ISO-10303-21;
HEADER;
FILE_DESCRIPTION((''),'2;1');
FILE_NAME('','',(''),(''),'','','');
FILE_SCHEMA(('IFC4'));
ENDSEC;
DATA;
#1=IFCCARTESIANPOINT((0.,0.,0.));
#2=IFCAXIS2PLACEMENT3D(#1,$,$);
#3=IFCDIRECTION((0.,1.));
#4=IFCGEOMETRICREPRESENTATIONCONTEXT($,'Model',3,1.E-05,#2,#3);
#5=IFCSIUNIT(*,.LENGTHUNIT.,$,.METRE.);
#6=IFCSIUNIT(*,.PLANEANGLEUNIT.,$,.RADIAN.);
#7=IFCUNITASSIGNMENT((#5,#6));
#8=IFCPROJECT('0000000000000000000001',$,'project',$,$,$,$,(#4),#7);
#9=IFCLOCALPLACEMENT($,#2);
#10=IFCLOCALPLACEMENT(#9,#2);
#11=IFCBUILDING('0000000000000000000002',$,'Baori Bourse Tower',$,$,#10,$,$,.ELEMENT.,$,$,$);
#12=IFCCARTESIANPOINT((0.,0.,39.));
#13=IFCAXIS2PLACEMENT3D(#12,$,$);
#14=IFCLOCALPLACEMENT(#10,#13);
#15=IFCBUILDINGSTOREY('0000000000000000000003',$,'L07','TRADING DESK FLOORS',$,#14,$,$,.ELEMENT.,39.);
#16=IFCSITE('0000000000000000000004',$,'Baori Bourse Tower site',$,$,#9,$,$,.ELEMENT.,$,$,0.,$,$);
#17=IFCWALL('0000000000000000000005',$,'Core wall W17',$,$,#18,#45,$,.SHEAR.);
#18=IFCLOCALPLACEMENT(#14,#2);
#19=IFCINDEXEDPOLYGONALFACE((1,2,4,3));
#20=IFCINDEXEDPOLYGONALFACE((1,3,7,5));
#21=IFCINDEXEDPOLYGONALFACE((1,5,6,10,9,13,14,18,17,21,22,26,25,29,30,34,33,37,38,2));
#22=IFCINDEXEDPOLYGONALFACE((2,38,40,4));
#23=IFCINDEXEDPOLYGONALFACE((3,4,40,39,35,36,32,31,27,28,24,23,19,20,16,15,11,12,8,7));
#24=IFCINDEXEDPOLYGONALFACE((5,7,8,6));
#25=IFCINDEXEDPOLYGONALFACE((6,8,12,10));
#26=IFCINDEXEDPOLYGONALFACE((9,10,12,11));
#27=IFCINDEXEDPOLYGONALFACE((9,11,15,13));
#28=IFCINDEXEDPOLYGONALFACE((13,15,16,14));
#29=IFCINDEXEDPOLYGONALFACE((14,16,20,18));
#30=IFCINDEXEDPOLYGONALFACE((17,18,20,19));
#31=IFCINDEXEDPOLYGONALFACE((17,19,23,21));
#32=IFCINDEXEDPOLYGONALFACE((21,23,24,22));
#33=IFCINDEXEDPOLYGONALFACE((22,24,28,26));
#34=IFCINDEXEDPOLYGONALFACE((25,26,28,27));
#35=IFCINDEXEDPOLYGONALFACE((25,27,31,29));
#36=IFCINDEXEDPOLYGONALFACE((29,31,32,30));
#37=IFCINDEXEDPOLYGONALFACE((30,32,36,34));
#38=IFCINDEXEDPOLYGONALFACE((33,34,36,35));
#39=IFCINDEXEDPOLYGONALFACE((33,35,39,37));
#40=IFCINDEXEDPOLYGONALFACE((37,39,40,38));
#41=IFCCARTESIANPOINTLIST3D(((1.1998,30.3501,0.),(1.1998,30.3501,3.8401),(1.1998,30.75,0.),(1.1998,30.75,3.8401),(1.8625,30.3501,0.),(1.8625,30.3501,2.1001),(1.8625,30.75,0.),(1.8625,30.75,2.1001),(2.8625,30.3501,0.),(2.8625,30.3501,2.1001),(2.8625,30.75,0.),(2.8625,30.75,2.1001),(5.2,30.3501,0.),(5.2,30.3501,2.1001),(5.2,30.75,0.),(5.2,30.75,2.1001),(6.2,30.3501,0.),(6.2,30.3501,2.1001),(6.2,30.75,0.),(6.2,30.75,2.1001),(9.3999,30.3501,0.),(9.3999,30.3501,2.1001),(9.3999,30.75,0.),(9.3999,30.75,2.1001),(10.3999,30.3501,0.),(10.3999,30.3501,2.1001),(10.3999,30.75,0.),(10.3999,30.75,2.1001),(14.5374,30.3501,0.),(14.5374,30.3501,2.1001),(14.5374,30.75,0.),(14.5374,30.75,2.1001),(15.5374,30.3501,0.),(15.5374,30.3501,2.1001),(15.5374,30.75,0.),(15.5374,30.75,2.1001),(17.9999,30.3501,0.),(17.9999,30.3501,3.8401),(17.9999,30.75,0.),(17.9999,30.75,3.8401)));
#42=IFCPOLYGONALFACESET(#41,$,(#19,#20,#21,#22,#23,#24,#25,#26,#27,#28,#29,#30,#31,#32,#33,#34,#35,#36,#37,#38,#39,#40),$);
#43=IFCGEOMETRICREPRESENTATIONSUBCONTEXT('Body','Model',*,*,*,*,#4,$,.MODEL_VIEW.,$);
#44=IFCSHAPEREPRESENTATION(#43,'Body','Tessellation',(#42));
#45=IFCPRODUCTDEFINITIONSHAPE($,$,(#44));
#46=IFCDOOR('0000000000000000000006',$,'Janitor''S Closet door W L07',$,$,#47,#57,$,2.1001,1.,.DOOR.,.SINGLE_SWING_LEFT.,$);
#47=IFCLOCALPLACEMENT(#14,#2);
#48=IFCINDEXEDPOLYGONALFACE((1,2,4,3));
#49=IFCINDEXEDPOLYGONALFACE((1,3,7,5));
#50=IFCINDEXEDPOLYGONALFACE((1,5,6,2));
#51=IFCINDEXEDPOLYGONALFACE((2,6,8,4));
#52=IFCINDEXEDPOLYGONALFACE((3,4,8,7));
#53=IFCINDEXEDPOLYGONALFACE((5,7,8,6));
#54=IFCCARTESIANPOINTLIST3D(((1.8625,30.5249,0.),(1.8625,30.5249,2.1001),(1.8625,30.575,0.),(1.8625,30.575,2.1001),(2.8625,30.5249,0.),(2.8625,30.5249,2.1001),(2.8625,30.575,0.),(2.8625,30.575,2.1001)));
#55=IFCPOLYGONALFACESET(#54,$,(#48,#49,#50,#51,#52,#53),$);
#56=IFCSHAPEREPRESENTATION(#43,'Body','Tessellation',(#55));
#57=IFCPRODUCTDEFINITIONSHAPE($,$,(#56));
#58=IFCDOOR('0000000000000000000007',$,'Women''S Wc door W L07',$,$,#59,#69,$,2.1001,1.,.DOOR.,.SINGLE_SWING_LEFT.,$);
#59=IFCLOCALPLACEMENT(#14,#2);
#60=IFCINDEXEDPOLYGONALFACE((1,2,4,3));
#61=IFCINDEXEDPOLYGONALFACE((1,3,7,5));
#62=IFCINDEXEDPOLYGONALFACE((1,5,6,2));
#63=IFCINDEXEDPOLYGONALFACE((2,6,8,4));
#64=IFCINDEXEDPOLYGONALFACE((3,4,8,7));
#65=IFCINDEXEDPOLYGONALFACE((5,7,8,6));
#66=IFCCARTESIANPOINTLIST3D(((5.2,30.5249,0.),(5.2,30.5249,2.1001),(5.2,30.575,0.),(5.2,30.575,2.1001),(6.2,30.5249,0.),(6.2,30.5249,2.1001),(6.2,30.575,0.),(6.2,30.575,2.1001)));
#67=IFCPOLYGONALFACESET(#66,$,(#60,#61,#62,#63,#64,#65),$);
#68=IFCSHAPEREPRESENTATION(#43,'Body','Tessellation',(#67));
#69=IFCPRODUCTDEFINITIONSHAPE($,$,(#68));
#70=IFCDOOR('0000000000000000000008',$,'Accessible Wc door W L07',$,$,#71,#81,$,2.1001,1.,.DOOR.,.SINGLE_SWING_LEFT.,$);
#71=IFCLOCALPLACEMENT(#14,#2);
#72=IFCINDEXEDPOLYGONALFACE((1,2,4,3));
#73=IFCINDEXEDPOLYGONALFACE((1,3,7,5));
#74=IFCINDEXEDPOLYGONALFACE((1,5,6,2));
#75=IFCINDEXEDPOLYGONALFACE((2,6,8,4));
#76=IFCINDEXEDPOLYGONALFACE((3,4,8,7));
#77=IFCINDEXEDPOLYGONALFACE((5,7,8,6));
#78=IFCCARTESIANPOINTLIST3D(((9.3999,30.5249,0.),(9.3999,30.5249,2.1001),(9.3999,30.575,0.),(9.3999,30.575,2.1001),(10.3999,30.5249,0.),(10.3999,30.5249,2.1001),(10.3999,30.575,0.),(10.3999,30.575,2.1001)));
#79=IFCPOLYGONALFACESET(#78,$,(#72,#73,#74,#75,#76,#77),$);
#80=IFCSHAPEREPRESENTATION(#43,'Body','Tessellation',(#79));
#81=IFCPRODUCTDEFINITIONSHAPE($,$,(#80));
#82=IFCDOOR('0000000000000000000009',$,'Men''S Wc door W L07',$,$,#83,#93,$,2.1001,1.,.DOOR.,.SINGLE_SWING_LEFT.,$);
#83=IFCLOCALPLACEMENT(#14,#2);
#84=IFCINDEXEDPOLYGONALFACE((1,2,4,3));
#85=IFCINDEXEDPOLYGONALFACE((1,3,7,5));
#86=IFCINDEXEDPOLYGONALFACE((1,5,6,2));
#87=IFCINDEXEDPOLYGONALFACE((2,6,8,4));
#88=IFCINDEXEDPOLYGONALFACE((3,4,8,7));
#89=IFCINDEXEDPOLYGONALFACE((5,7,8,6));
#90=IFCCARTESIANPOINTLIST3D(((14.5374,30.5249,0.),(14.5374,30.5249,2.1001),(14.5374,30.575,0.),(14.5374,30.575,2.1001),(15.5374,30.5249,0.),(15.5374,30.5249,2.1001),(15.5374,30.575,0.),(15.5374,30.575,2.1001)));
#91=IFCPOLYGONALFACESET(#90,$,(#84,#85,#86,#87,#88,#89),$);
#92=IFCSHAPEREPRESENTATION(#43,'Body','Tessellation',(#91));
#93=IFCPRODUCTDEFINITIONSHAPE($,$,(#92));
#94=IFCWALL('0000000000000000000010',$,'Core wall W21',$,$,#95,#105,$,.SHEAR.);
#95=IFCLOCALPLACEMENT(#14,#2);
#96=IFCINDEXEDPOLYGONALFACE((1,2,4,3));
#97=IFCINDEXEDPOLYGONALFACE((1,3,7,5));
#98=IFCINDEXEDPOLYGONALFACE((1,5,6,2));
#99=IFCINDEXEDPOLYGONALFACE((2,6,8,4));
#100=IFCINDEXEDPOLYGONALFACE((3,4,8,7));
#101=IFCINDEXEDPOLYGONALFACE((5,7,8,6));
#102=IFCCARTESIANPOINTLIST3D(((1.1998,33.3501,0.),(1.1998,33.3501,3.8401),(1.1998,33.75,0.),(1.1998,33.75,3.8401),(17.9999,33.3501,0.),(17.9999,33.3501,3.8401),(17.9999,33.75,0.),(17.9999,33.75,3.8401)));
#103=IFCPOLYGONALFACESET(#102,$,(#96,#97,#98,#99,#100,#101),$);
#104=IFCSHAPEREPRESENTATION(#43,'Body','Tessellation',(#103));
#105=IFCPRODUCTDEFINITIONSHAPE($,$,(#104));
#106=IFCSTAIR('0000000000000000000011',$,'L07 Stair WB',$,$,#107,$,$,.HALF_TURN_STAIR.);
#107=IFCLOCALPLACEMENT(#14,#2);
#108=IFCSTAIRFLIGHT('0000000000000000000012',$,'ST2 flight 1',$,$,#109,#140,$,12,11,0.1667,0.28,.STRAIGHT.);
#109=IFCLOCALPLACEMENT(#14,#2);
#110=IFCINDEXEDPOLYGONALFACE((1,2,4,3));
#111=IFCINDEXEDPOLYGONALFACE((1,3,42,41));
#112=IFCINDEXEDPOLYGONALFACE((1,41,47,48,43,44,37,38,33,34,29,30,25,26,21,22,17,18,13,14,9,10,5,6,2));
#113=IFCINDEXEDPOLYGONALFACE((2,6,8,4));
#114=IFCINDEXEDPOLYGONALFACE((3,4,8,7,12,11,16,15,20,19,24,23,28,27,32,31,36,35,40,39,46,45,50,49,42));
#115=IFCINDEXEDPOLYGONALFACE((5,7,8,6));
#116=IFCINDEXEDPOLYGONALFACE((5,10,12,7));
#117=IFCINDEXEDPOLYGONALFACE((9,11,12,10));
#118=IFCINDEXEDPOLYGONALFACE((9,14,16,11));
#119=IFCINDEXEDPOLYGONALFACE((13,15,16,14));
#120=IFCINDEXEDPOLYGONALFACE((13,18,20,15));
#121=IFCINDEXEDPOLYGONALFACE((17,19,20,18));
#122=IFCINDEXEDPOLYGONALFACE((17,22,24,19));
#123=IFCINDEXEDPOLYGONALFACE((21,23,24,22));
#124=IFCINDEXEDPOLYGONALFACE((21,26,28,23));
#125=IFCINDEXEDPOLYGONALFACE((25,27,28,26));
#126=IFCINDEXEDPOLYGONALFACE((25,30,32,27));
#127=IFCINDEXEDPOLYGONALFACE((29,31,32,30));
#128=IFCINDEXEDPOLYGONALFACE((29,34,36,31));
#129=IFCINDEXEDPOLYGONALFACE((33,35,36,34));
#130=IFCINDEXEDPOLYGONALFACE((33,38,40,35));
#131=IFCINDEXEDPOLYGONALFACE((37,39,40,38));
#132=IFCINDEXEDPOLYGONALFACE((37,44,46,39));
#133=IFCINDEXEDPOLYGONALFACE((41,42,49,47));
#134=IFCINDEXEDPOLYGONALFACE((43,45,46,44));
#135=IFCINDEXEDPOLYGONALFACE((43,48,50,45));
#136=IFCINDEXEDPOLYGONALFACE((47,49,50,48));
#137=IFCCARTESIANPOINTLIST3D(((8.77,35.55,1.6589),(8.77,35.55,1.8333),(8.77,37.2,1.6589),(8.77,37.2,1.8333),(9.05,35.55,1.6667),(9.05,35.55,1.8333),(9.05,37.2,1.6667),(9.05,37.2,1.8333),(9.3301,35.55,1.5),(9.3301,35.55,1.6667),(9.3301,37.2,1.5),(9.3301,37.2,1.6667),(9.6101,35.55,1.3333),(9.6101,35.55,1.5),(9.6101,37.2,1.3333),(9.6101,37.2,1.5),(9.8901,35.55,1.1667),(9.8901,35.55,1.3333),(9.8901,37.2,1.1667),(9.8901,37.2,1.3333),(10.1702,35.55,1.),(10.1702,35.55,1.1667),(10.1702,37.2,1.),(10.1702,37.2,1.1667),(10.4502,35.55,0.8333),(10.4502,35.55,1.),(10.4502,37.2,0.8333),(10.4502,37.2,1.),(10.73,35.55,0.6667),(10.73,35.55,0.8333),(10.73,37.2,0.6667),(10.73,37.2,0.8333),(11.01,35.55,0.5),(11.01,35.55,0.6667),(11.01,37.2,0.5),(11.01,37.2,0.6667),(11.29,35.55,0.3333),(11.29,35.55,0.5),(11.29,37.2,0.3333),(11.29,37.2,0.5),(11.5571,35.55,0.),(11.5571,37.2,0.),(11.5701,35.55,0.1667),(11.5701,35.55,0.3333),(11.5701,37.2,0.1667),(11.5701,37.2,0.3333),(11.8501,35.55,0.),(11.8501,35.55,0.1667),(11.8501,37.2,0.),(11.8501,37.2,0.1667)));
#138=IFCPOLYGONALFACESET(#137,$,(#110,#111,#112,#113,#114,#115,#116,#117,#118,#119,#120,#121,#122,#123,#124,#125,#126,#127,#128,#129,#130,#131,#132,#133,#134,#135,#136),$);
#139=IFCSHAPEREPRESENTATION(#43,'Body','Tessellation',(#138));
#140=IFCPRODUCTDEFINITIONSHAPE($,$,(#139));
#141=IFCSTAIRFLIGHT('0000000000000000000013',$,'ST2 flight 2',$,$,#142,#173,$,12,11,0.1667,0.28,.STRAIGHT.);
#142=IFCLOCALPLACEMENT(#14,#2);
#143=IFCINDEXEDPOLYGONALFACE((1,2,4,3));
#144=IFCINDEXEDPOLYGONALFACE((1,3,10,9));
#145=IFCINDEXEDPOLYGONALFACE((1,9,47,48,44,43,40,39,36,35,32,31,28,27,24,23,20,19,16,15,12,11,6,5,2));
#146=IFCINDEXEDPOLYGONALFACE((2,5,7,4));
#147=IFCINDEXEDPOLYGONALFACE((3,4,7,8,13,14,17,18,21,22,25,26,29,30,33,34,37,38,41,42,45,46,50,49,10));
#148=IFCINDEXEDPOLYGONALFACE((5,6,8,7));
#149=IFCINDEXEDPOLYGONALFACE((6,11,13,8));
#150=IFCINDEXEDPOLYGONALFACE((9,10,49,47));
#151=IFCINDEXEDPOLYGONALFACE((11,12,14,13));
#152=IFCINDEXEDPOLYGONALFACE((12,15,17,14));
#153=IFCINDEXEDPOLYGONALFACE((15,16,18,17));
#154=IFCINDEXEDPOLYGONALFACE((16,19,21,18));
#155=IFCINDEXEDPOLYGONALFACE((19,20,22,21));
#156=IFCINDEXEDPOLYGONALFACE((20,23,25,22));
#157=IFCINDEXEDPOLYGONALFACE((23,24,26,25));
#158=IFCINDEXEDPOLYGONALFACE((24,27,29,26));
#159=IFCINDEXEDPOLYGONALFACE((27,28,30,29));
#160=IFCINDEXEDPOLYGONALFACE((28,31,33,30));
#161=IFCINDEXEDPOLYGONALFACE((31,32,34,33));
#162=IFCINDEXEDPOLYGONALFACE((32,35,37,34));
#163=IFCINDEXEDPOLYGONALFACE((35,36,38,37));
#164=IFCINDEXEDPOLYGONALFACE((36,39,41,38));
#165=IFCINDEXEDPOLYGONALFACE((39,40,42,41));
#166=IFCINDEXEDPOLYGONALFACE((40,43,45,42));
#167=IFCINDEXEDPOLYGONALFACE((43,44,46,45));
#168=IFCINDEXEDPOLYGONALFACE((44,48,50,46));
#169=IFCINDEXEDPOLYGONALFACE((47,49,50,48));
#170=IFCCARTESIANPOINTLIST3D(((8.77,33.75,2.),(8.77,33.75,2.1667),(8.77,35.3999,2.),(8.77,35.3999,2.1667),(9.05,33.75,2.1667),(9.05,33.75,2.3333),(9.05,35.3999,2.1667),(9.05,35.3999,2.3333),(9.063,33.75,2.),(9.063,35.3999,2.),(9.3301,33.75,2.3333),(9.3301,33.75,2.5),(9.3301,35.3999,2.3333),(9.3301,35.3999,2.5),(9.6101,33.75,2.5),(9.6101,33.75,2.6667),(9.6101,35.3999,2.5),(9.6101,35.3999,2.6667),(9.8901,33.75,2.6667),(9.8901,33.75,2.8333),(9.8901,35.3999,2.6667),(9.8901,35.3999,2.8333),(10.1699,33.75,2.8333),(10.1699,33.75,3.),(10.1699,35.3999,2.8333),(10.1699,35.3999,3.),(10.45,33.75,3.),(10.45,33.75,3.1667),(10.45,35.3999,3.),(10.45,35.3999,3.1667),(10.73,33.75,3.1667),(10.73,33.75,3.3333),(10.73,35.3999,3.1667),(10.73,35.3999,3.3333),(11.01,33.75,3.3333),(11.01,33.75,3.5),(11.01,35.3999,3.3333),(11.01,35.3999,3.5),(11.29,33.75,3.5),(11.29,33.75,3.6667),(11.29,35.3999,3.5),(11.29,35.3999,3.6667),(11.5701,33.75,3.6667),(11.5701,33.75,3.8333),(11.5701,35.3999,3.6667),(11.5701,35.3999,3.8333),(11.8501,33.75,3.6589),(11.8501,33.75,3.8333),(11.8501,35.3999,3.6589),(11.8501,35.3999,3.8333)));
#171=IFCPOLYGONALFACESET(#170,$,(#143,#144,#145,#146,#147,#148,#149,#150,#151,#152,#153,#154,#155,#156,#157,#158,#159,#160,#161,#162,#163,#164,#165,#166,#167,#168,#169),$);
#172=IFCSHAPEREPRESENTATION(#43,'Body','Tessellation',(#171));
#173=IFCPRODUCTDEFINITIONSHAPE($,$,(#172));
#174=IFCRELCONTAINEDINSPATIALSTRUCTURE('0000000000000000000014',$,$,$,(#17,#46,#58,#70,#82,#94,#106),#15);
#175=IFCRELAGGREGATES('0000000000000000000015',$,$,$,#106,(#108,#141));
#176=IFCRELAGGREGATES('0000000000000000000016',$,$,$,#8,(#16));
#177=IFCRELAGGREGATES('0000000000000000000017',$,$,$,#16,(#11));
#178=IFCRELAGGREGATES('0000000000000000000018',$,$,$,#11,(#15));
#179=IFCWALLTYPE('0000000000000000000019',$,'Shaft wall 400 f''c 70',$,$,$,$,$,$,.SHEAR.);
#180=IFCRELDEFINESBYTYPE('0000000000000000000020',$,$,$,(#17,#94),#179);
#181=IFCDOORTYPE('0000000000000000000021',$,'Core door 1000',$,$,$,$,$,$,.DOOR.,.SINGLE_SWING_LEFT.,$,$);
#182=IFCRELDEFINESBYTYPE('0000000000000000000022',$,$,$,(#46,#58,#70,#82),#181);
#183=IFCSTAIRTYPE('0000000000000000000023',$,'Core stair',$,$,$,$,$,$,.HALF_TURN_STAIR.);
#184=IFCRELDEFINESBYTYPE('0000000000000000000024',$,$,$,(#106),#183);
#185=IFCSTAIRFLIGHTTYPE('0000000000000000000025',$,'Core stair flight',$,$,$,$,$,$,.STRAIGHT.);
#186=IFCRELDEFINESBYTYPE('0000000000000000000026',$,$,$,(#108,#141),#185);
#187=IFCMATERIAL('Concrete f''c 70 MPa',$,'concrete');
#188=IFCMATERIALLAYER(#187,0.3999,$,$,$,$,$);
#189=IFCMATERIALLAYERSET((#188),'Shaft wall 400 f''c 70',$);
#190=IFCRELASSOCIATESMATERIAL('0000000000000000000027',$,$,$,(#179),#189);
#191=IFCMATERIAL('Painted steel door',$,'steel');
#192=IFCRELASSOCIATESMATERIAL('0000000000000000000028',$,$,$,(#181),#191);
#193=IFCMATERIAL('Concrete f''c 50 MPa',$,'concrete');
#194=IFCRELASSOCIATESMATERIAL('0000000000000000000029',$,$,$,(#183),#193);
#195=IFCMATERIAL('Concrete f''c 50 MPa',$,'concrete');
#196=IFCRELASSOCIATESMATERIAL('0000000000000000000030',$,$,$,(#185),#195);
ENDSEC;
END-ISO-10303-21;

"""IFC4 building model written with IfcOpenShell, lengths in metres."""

from ifc_helpers import new_model, si_unit, direction, frame, frame_2d, origin, place, context, subcontext, project, spatial, polyline, rectangle, outline, extrude, material, layer, layer_set, type_object, element, fill, aggregate, save


model = new_model("IFC4")

# Units and contexts
model_context = context("Model", 3, precision=1e-05, world=origin(), true_north=direction((0.0, 1.0)))
body_context = subcontext(model_context, "Body", "Model", "MODEL_VIEW")
ifc_project = project(units=[si_unit("LENGTHUNIT", "METRE"), si_unit("PLANEANGLEUNIT", "RADIAN")], contexts=[model_context])

# Site, building, storey
site_placement = place(None, origin())
site = spatial("IfcSite", under=ifc_project, at=site_placement, Name="Baori Bourse Tower site", CompositionType="ELEMENT", RefElevation=0.0)
building_placement = place(site_placement, origin())
building = spatial("IfcBuilding", under=site, at=building_placement, Name="Baori Bourse Tower", CompositionType="ELEMENT")
storey_placement = place(building_placement, frame((0.0, 0.0, 39.0)))
storey = spatial("IfcBuildingStorey", under=building, at=storey_placement, Name="L07", Description="TRADING DESK FLOORS", CompositionType="ELEMENT", Elevation=39.0)

# Wall, openings, doors
ifc_material_1 = material(Name="Concrete f'c 70 MPa", Category="concrete")
ifc_layer_1 = layer(ifc_material_1, 0.3999)
ifc_layer_set_1 = layer_set([ifc_layer_1], Name="Shaft wall 400 f'c 70")
wall_type_1 = type_object("IfcWallType", Name="Shaft wall 400 f'c 70", PredefinedType="SHEAR", material=ifc_layer_set_1)
wall_1_placement = place(storey_placement, frame((1.2, 30.55, 0.0), z_axis=(0.0, 0.0, 1.0), x_axis=(1.0, 0.0, 0.0)))
wall_1 = element("IfcWall", 1, at=wall_1_placement, inside=storey, type_object=wall_type_1, Name="Core wall W17", PredefinedType="SHEAR", context=body_context, shape_type="SweptSolid", body=[
    extrude(rectangle(XDim=16.8, YDim=0.3999, at=frame_2d((8.3999, 0.0))), origin(), (0.0, 0.0, 1.0), 3.8401),
])
opening_1_placement = place(wall_1_placement, frame((0.6626, 0.0, 0.0)))
opening_1 = element("IfcOpeningElement", 2, at=opening_1_placement, cuts=wall_1, PredefinedType="OPENING", context=body_context, shape_type="SweptSolid", body=[
    extrude(rectangle(XDim=1.0, YDim=2.1001, at=frame_2d((0.5, 1.05))), frame((0.0, 0.21, 0.0), z_axis=(0.0, -1.0, 0.0), x_axis=(1.0, 0.0, 0.0)), (0.0, 0.0, 1.0), 0.4199),
])
opening_2_placement = place(wall_1_placement, frame((4.0, 0.0, 0.0)))
opening_2 = element("IfcOpeningElement", 3, at=opening_2_placement, cuts=wall_1, PredefinedType="OPENING", context=body_context, shape_type="SweptSolid", body=[
    extrude(rectangle(XDim=1.0, YDim=2.1001, at=frame_2d((0.5, 1.05))), frame((0.0, 0.21, 0.0), z_axis=(0.0, -1.0, 0.0), x_axis=(1.0, 0.0, 0.0)), (0.0, 0.0, 1.0), 0.4199),
])
opening_3_placement = place(wall_1_placement, frame((8.2, 0.0, 0.0)))
opening_3 = element("IfcOpeningElement", 4, at=opening_3_placement, cuts=wall_1, PredefinedType="OPENING", context=body_context, shape_type="SweptSolid", body=[
    extrude(rectangle(XDim=1.0, YDim=2.1001, at=frame_2d((0.5, 1.05))), frame((0.0, 0.21, 0.0), z_axis=(0.0, -1.0, 0.0), x_axis=(1.0, 0.0, 0.0)), (0.0, 0.0, 1.0), 0.4199),
])
opening_4_placement = place(wall_1_placement, frame((13.3374, 0.0, 0.0)))
opening_4 = element("IfcOpeningElement", 5, at=opening_4_placement, cuts=wall_1, PredefinedType="OPENING", context=body_context, shape_type="SweptSolid", body=[
    extrude(rectangle(XDim=1.0, YDim=2.1001, at=frame_2d((0.5, 1.05))), frame((0.0, 0.21, 0.0), z_axis=(0.0, -1.0, 0.0), x_axis=(1.0, 0.0, 0.0)), (0.0, 0.0, 1.0), 0.4199),
])
ifc_material_2 = material(Name="Painted steel door", Category="steel")
door_type_1 = type_object("IfcDoorType", Name="Core door 1000", OperationType="SINGLE_SWING_LEFT", PredefinedType="DOOR", material=ifc_material_2)
door_1_placement = place(opening_1_placement, origin())
door_1 = element("IfcDoor", 6, at=door_1_placement, inside=storey, type_object=door_type_1, Name="Janitor'S Closet door W L07", OperationType="SINGLE_SWING_LEFT", OverallHeight=2.1001, OverallWidth=1.0, PredefinedType="DOOR", context=body_context, shape_type="SweptSolid", body=[
    extrude(rectangle(XDim=1.0, YDim=2.1001, at=frame_2d((0.5, 1.05))), frame((0.0, 0.0249, 0.0), z_axis=(0.0, -1.0, 0.0), x_axis=(1.0, 0.0, 0.0)), (0.0, 0.0, 1.0), 0.05),
])
fill(opening_1, door_1)
door_2_placement = place(opening_2_placement, origin())
door_2 = element("IfcDoor", 7, at=door_2_placement, inside=storey, type_object=door_type_1, Name="Women'S Wc door W L07", OperationType="SINGLE_SWING_LEFT", OverallHeight=2.1001, OverallWidth=1.0, PredefinedType="DOOR", context=body_context, shape_type="SweptSolid", body=[
    extrude(rectangle(XDim=1.0, YDim=2.1001, at=frame_2d((0.5, 1.05))), frame((0.0, 0.0249, 0.0), z_axis=(0.0, -1.0, 0.0), x_axis=(1.0, 0.0, 0.0)), (0.0, 0.0, 1.0), 0.05),
])
fill(opening_2, door_2)
door_3_placement = place(opening_3_placement, origin())
door_3 = element("IfcDoor", 8, at=door_3_placement, inside=storey, type_object=door_type_1, Name="Accessible Wc door W L07", OperationType="SINGLE_SWING_LEFT", OverallHeight=2.1001, OverallWidth=1.0, PredefinedType="DOOR", context=body_context, shape_type="SweptSolid", body=[
    extrude(rectangle(XDim=1.0, YDim=2.1001, at=frame_2d((0.5, 1.05))), frame((0.0, 0.0249, 0.0), z_axis=(0.0, -1.0, 0.0), x_axis=(1.0, 0.0, 0.0)), (0.0, 0.0, 1.0), 0.05),
])
fill(opening_3, door_3)
door_4_placement = place(opening_4_placement, origin())
door_4 = element("IfcDoor", 9, at=door_4_placement, inside=storey, type_object=door_type_1, Name="Men'S Wc door W L07", OperationType="SINGLE_SWING_LEFT", OverallHeight=2.1001, OverallWidth=1.0, PredefinedType="DOOR", context=body_context, shape_type="SweptSolid", body=[
    extrude(rectangle(XDim=1.0, YDim=2.1001, at=frame_2d((0.5, 1.05))), frame((0.0, 0.0249, 0.0), z_axis=(0.0, -1.0, 0.0), x_axis=(1.0, 0.0, 0.0)), (0.0, 0.0, 1.0), 0.05),
])
fill(opening_4, door_4)

# Wall
wall_2_placement = place(storey_placement, frame((1.2, 33.55, 0.0), z_axis=(0.0, 0.0, 1.0), x_axis=(1.0, 0.0, 0.0)))
element("IfcWall", 10, at=wall_2_placement, inside=storey, type_object=wall_type_1, Name="Core wall W21", PredefinedType="SHEAR", context=body_context, shape_type="SweptSolid", body=[
    extrude(rectangle(XDim=16.8, YDim=0.3999, at=frame_2d((8.3999, 0.0))), origin(), (0.0, 0.0, 1.0), 3.8401),
])

# Stair, stair flights
ifc_material_3 = material(Name="Concrete f'c 50 MPa", Category="concrete")
stair_type = type_object("IfcStairType", Name="Core stair", PredefinedType="HALF_TURN_STAIR", material=ifc_material_3)
stair_placement = place(storey_placement, origin())
stair = element("IfcStair", 11, at=stair_placement, inside=storey, type_object=stair_type, Name="L07 Stair WB", PredefinedType="HALF_TURN_STAIR")
ifc_material_4 = material(Name="Concrete f'c 50 MPa", Category="concrete")
stair_flight_type = type_object("IfcStairFlightType", Name="Core stair flight", PredefinedType="STRAIGHT", material=ifc_material_4)
stair_flight_1_placement = place(storey_placement, frame((11.8501, 36.375, 0.0), z_axis=(0.0, 0.0, 1.0), x_axis=(-1.0, 0.0, 0.0)))
stair_flight_1 = element("IfcStairFlight", 12, at=stair_flight_1_placement, type_object=stair_flight_type, Name="ST2 flight 1", NumberOfRisers=12, NumberOfTreads=11, PredefinedType="STRAIGHT", RiserHeight=0.1667, TreadLength=0.28, context=body_context, shape_type="SweptSolid", body=[
    extrude(outline(polyline([(0.0, 0.0), (0.0, 0.1667), (0.28, 0.1667), (0.28, 0.3333), (0.5601, 0.3333), (0.5601, 0.5), (0.8401, 0.5), (0.8401, 0.6667), (1.1201, 0.6667), (1.1201, 0.8333), (1.3999, 0.8333), (1.3999, 1.0), (1.6799, 1.0), (1.6799, 1.1667), (1.96, 1.1667), (1.96, 1.3333), (2.24, 1.3333), (2.24, 1.5), (2.52, 1.5), (2.52, 1.6667), (2.8, 1.6667), (2.8, 1.8333), (3.0801, 1.8333), (3.0801, 2.0), (3.0801, 1.6589), (0.293, 0.0), (0.0, 0.0)])), frame((0.0, 0.825, 0.0), z_axis=(0.0, -1.0, 0.0), x_axis=(1.0, 0.0, 0.0)), (0.0, 0.0, 1.0), 1.6499),
])
stair_flight_2_placement = place(storey_placement, frame((8.77, 34.575, 2.0), z_axis=(0.0, 0.0, 1.0), x_axis=(1.0, 0.0, 0.0)))
stair_flight_2 = element("IfcStairFlight", 13, at=stair_flight_2_placement, type_object=stair_flight_type, Name="ST2 flight 2", NumberOfRisers=12, NumberOfTreads=11, PredefinedType="STRAIGHT", RiserHeight=0.1667, TreadLength=0.28, context=body_context, shape_type="SweptSolid", body=[
    extrude(outline(polyline([(0.0, 0.0), (0.0, 0.1667), (0.28, 0.1667), (0.28, 0.3333), (0.5601, 0.3333), (0.5601, 0.5), (0.8401, 0.5), (0.8401, 0.6667), (1.1201, 0.6667), (1.1201, 0.8333), (1.3999, 0.8333), (1.3999, 1.0), (1.6799, 1.0), (1.6799, 1.1667), (1.96, 1.1667), (1.96, 1.3333), (2.24, 1.3333), (2.24, 1.5), (2.52, 1.5), (2.52, 1.6667), (2.8, 1.6667), (2.8, 1.8333), (3.0801, 1.8333), (3.0801, 2.0), (3.0801, 1.6589), (0.293, 0.0), (0.0, 0.0)])), frame((0.0, 0.825, 0.0), z_axis=(0.0, -1.0, 0.0), x_axis=(1.0, 0.0, 0.0)), (0.0, 0.0, 1.0), 1.6499),
])
aggregate(stair, [stair_flight_1, stair_flight_2])

save(model, "model.ifc")
